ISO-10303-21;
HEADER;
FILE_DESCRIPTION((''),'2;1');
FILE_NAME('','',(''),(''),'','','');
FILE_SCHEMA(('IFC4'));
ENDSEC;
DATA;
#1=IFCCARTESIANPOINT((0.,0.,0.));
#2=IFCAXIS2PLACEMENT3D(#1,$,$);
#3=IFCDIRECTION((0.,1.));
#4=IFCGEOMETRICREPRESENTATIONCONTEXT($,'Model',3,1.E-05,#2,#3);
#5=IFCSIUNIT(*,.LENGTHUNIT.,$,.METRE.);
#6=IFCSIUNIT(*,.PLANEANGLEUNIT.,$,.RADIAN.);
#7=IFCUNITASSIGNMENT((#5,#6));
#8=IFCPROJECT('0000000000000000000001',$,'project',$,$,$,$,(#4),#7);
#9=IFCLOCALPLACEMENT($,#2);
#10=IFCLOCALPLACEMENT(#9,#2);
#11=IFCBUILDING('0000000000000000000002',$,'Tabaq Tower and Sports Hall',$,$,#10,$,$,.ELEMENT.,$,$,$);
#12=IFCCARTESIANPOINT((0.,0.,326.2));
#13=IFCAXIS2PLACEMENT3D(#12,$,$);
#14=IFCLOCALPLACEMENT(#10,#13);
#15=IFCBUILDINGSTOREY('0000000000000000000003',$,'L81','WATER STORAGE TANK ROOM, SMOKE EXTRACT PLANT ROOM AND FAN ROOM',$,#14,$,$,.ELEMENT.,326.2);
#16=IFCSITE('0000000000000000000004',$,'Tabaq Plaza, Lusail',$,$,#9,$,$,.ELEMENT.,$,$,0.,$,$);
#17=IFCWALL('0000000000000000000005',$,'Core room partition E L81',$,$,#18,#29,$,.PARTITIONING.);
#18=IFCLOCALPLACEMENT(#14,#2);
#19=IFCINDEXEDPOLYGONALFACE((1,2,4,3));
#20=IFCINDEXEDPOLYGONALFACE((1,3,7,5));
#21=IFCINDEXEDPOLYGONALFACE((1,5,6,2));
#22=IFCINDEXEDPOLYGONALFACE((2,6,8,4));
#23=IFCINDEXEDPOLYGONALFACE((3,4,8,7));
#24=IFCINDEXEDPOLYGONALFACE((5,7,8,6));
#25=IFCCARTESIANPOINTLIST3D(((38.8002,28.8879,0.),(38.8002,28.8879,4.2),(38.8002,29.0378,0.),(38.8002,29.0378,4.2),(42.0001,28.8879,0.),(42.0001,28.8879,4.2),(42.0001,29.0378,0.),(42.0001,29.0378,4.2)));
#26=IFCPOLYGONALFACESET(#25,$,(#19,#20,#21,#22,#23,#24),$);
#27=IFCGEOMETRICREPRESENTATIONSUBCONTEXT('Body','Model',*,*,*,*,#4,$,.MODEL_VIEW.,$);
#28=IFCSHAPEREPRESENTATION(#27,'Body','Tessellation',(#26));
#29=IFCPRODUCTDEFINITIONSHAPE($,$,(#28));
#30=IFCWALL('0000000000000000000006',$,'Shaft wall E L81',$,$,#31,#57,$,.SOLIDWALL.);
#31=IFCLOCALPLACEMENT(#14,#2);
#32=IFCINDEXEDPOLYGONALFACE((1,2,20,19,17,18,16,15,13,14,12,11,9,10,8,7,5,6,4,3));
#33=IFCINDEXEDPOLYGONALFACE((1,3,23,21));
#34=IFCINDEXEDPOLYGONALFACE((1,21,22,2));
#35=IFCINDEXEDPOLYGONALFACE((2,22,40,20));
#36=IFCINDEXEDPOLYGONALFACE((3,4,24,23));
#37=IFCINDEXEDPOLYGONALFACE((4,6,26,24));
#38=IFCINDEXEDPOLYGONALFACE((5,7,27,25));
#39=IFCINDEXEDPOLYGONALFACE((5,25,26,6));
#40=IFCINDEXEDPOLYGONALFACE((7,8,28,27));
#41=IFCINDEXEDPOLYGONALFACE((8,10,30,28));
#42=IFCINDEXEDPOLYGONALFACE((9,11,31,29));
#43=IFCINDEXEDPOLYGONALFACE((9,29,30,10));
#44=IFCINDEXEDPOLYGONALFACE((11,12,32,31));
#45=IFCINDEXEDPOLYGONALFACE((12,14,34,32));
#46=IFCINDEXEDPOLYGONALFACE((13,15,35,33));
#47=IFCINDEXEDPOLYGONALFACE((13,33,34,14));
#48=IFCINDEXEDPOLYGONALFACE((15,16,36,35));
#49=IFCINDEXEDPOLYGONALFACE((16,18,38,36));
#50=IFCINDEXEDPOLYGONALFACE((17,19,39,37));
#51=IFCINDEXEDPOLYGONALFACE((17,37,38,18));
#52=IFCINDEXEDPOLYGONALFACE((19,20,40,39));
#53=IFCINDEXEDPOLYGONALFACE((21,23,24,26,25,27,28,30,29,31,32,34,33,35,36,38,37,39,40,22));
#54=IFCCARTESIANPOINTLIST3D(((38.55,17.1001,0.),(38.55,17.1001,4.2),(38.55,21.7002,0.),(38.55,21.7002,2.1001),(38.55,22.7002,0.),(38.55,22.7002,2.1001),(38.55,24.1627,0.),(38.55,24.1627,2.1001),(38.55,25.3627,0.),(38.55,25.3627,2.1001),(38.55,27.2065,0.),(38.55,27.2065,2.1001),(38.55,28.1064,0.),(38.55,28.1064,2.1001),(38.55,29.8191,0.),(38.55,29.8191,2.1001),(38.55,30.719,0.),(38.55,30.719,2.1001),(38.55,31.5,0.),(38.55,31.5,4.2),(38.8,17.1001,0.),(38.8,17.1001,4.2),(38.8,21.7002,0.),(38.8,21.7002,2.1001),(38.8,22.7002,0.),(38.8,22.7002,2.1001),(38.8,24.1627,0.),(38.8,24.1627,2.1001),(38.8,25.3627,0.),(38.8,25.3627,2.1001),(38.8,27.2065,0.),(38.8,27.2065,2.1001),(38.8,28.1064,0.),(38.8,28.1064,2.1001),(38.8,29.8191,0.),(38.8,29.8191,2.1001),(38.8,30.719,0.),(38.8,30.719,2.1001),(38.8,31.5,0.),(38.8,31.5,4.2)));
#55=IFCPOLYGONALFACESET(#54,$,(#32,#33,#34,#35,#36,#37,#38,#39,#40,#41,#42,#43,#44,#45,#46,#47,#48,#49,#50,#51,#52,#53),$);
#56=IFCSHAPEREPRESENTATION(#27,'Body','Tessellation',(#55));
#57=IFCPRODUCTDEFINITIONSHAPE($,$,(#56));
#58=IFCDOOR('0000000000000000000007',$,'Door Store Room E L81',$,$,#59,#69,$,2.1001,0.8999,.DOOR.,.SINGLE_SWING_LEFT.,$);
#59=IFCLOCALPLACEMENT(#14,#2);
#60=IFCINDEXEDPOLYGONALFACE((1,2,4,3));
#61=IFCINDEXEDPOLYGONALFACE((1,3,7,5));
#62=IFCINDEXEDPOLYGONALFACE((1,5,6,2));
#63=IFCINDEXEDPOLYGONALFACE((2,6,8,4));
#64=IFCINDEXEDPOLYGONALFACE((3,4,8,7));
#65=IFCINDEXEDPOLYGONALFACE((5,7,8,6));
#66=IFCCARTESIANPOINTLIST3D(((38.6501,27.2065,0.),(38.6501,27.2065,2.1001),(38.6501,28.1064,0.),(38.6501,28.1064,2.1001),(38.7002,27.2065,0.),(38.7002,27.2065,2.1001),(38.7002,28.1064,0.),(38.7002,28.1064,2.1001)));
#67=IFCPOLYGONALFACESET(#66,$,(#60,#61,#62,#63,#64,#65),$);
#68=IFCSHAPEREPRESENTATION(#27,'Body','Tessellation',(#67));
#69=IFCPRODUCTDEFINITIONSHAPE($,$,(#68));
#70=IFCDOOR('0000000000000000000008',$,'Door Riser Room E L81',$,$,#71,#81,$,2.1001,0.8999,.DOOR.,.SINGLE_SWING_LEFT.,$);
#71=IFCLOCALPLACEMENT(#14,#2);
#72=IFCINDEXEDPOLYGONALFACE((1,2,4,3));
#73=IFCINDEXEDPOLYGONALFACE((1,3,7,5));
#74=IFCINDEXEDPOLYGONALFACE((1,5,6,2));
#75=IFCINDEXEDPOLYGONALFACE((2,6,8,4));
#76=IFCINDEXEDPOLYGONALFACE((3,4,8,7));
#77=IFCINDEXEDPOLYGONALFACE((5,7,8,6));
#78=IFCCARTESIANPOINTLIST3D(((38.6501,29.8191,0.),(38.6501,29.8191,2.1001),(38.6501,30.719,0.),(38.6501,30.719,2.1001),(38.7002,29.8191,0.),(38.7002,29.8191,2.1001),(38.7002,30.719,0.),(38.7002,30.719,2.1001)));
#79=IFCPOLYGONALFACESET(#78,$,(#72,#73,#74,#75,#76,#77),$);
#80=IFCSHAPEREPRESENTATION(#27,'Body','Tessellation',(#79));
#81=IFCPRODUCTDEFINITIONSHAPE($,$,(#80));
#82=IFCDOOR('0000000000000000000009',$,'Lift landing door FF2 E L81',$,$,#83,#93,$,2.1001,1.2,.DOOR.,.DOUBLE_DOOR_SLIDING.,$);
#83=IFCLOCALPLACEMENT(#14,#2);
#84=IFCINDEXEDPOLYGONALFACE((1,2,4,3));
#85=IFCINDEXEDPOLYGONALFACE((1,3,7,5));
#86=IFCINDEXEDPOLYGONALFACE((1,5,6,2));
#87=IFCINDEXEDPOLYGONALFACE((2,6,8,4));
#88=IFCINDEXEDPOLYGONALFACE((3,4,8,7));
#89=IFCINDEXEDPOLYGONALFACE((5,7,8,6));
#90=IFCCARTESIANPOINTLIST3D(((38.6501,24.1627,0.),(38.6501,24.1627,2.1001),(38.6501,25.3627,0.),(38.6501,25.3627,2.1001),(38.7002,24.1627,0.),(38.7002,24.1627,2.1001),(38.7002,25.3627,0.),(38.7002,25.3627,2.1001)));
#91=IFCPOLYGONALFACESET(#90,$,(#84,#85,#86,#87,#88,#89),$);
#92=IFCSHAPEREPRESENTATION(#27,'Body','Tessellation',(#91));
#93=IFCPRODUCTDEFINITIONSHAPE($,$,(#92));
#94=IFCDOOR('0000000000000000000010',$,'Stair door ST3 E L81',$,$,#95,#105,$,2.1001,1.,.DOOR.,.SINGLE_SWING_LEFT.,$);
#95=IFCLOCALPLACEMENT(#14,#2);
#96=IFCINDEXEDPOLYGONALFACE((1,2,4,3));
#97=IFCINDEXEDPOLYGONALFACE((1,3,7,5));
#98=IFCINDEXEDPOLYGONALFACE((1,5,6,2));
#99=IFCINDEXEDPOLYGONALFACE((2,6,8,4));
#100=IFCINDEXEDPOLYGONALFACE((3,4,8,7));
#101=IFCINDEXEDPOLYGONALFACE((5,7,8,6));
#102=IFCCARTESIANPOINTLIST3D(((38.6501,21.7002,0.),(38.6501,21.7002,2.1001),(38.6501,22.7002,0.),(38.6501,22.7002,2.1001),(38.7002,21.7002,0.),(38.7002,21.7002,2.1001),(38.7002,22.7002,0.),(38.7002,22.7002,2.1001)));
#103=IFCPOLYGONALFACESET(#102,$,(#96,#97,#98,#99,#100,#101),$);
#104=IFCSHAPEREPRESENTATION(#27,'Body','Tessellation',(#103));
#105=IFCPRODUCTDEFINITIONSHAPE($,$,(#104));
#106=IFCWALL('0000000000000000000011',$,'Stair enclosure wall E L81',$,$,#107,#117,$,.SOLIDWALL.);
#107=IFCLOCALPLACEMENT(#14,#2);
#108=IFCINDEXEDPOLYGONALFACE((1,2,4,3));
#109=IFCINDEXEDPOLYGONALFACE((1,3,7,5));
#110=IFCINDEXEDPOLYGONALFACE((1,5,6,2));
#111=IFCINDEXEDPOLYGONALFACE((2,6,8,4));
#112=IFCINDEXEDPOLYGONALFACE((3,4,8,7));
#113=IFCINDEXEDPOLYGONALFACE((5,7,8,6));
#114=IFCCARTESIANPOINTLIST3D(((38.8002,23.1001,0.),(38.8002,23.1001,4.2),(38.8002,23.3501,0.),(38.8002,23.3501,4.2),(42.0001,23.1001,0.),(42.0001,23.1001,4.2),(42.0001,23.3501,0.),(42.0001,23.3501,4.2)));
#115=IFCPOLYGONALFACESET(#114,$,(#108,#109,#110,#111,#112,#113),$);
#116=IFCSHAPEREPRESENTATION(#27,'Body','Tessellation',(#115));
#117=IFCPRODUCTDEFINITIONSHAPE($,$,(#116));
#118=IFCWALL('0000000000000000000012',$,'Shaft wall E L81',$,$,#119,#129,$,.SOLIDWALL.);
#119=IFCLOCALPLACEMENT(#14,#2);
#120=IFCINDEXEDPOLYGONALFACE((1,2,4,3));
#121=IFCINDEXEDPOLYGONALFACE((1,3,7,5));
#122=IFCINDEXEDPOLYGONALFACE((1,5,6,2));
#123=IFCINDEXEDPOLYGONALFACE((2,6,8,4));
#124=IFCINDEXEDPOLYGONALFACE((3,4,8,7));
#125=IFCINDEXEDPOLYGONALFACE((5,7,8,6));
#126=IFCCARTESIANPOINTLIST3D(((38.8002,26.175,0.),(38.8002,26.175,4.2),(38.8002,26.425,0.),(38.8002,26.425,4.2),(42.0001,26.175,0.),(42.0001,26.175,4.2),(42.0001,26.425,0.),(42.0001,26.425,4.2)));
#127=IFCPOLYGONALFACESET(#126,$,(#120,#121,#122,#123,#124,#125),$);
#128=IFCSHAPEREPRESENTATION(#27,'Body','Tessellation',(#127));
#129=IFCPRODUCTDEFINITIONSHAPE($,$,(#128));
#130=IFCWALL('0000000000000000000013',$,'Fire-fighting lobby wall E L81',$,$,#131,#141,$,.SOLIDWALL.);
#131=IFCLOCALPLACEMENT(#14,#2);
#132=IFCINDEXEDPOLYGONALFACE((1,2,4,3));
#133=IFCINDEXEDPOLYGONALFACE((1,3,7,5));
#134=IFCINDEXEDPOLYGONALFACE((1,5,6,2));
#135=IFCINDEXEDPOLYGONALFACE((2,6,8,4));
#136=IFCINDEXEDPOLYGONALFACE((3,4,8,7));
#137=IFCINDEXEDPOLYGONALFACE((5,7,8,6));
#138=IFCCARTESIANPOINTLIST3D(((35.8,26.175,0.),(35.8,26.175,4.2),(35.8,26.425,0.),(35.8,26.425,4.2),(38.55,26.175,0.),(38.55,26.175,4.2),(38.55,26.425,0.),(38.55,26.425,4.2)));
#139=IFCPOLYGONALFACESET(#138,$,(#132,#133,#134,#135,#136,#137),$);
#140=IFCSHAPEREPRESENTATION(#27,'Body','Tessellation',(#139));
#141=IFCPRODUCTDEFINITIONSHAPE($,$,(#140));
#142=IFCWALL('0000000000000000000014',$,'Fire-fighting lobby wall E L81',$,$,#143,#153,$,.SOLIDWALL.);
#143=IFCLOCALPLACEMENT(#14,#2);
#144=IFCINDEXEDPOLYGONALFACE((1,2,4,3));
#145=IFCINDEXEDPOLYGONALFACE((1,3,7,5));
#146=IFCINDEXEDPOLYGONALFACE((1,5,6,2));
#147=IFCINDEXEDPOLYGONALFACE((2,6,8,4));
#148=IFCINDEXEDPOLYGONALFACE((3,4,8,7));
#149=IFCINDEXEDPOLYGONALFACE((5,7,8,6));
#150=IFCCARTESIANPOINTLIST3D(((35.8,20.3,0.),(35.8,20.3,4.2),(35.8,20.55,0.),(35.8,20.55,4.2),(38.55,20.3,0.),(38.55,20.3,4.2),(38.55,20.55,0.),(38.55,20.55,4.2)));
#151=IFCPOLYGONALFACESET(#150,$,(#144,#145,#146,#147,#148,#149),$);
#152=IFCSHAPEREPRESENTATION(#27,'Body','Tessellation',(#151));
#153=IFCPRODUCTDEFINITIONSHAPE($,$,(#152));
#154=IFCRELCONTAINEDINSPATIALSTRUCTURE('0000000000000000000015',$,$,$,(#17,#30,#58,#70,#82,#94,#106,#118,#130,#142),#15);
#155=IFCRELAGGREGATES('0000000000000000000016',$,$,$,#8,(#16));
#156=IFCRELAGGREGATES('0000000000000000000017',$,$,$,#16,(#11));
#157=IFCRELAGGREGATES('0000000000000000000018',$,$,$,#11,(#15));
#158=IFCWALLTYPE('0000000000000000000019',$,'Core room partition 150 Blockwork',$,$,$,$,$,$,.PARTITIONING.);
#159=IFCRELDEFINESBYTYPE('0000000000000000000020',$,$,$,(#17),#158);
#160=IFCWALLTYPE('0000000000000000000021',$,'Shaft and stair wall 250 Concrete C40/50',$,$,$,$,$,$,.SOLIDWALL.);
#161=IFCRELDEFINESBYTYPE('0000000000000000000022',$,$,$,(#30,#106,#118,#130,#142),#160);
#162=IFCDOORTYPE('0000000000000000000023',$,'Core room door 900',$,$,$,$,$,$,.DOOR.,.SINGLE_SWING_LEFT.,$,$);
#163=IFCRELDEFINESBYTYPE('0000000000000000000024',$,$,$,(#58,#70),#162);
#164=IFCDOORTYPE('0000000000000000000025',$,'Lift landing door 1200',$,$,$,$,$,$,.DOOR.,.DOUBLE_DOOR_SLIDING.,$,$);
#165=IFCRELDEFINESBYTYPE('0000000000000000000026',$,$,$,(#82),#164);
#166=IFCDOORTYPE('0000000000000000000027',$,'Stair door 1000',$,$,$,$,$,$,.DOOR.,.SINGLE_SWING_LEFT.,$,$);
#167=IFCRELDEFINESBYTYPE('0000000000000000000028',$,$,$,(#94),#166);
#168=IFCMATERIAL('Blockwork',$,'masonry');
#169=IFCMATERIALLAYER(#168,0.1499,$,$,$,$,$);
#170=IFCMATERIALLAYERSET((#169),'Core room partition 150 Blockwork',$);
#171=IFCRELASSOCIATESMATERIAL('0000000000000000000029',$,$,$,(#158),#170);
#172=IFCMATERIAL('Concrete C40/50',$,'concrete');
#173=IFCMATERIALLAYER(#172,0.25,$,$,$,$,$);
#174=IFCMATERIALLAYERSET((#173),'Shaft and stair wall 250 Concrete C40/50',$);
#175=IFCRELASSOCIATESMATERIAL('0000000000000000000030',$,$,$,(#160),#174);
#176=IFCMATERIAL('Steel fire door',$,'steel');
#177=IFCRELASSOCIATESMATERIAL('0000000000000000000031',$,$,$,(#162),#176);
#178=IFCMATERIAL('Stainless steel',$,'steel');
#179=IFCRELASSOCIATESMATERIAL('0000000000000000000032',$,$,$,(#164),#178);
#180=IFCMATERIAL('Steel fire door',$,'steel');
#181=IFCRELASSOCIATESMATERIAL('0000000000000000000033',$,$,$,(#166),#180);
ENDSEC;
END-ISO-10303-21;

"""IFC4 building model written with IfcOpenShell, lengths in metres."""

from ifc_helpers import new_model, si_unit, direction, frame, frame_2d, origin, place, context, subcontext, project, spatial, rectangle, extrude, material, layer, layer_set, type_object, element, fill, save


model = new_model("IFC4")

# Units and contexts
model_context = context("Model", 3, precision=1e-05, world=origin(), true_north=direction((0.0, 1.0)))
body_context = subcontext(model_context, "Body", "Model", "MODEL_VIEW")
ifc_project = project(units=[si_unit("LENGTHUNIT", "METRE"), si_unit("PLANEANGLEUNIT", "RADIAN")], contexts=[model_context])

# Site, building, storey
site_placement = place(None, origin())
site = spatial("IfcSite", under=ifc_project, at=site_placement, Name="Tabaq Plaza, Lusail", CompositionType="ELEMENT", RefElevation=0.0)
building_placement = place(site_placement, origin())
building = spatial("IfcBuilding", under=site, at=building_placement, Name="Tabaq Tower and Sports Hall", CompositionType="ELEMENT")
storey_placement = place(building_placement, frame((0.0, 0.0, 326.2)))
storey = spatial("IfcBuildingStorey", under=building, at=storey_placement, Name="L81", Description="WATER STORAGE TANK ROOM, SMOKE EXTRACT PLANT ROOM AND FAN ROOM", CompositionType="ELEMENT", Elevation=326.2)

# Wall
ifc_material_1 = material(Name="Blockwork", Category="masonry")
ifc_layer_1 = layer(ifc_material_1, 0.1499)
ifc_layer_set_1 = layer_set([ifc_layer_1], Name="Core room partition 150 Blockwork")
wall_type_1 = type_object("IfcWallType", Name="Core room partition 150 Blockwork", PredefinedType="PARTITIONING", material=ifc_layer_set_1)
wall_1_placement = place(storey_placement, frame((38.8, 28.9629, 0.0), z_axis=(0.0, 0.0, 1.0), x_axis=(1.0, 0.0, 0.0)))
element("IfcWall", 1, at=wall_1_placement, inside=storey, type_object=wall_type_1, Name="Core room partition E L81", PredefinedType="PARTITIONING", context=body_context, shape_type="SweptSolid", body=[
    extrude(rectangle(XDim=3.2, YDim=0.1499, at=frame_2d((1.6001, 0.0))), origin(), (0.0, 0.0, 1.0), 4.2),
])

# Wall, openings, doors
ifc_material_2 = material(Name="Concrete C40/50", Category="concrete")
ifc_layer_2 = layer(ifc_material_2, 0.25)
ifc_layer_set_2 = layer_set([ifc_layer_2], Name="Shaft and stair wall 250 Concrete C40/50")
wall_type_2 = type_object("IfcWallType", Name="Shaft and stair wall 250 Concrete C40/50", PredefinedType="SOLIDWALL", material=ifc_layer_set_2)
wall_2_placement = place(storey_placement, frame((38.675, 17.1001, 0.0), z_axis=(0.0, 0.0, 1.0), x_axis=(0.0, 1.0, 0.0)))
wall_2 = element("IfcWall", 2, at=wall_2_placement, inside=storey, type_object=wall_type_2, Name="Shaft wall E L81", PredefinedType="SOLIDWALL", context=body_context, shape_type="SweptSolid", body=[
    extrude(rectangle(XDim=14.3999, YDim=0.25, at=frame_2d((7.2, 0.0))), origin(), (0.0, 0.0, 1.0), 4.2),
])
opening_1_placement = place(wall_2_placement, frame((4.6001, 0.0, 0.0)))
opening_1 = element("IfcOpeningElement", 3, at=opening_1_placement, cuts=wall_2, PredefinedType="OPENING", context=body_context, shape_type="SweptSolid", body=[
    extrude(rectangle(XDim=1.0, YDim=2.1001, at=frame_2d((0.5, 1.05))), frame((0.0, 0.125, 0.0), z_axis=(0.0, -1.0, 0.0), x_axis=(1.0, 0.0, 0.0)), (0.0, 0.0, 1.0), 0.25),
])
opening_2_placement = place(wall_2_placement, frame((7.0625, 0.0, 0.0)))
opening_2 = element("IfcOpeningElement", 4, at=opening_2_placement, cuts=wall_2, PredefinedType="OPENING", context=body_context, shape_type="SweptSolid", body=[
    extrude(rectangle(XDim=1.2, YDim=2.1001, at=frame_2d((0.6001, 1.05))), frame((0.0, 0.125, 0.0), z_axis=(0.0, -1.0, 0.0), x_axis=(1.0, 0.0, 0.0)), (0.0, 0.0, 1.0), 0.25),
])
opening_3_placement = place(wall_2_placement, frame((10.1064, 0.0, 0.0)))
opening_3 = element("IfcOpeningElement", 5, at=opening_3_placement, cuts=wall_2, PredefinedType="OPENING", context=body_context, shape_type="SweptSolid", body=[
    extrude(rectangle(XDim=0.8999, YDim=2.1001, at=frame_2d((0.45, 1.05))), frame((0.0, 0.125, 0.0), z_axis=(0.0, -1.0, 0.0), x_axis=(1.0, 0.0, 0.0)), (0.0, 0.0, 1.0), 0.25),
])
opening_4_placement = place(wall_2_placement, frame((12.719, 0.0, 0.0)))
opening_4 = element("IfcOpeningElement", 6, at=opening_4_placement, cuts=wall_2, PredefinedType="OPENING", context=body_context, shape_type="SweptSolid", body=[
    extrude(rectangle(XDim=0.8999, YDim=2.1001, at=frame_2d((0.45, 1.05))), frame((0.0, 0.125, 0.0), z_axis=(0.0, -1.0, 0.0), x_axis=(1.0, 0.0, 0.0)), (0.0, 0.0, 1.0), 0.25),
])
ifc_material_3 = material(Name="Steel fire door", Category="steel")
door_type_1 = type_object("IfcDoorType", Name="Core room door 900", OperationType="SINGLE_SWING_LEFT", PredefinedType="DOOR", material=ifc_material_3)
door_1_placement = place(opening_3_placement, origin())
door_1 = element("IfcDoor", 7, at=door_1_placement, inside=storey, type_object=door_type_1, Name="Door Store Room E L81", OperationType="SINGLE_SWING_LEFT", OverallHeight=2.1001, OverallWidth=0.8999, PredefinedType="DOOR", context=body_context, shape_type="SweptSolid", body=[
    extrude(rectangle(XDim=0.8999, YDim=2.1001, at=frame_2d((0.45, 1.05))), frame((0.0, 0.0249, 0.0), z_axis=(0.0, -1.0, 0.0), x_axis=(1.0, 0.0, 0.0)), (0.0, 0.0, 1.0), 0.05),
])
fill(opening_3, door_1)
door_2_placement = place(opening_4_placement, origin())
door_2 = element("IfcDoor", 8, at=door_2_placement, inside=storey, type_object=door_type_1, Name="Door Riser Room E L81", OperationType="SINGLE_SWING_LEFT", OverallHeight=2.1001, OverallWidth=0.8999, PredefinedType="DOOR", context=body_context, shape_type="SweptSolid", body=[
    extrude(rectangle(XDim=0.8999, YDim=2.1001, at=frame_2d((0.45, 1.05))), frame((0.0, 0.0249, 0.0), z_axis=(0.0, -1.0, 0.0), x_axis=(1.0, 0.0, 0.0)), (0.0, 0.0, 1.0), 0.05),
])
fill(opening_4, door_2)
ifc_material_4 = material(Name="Stainless steel", Category="steel")
door_type_2 = type_object("IfcDoorType", Name="Lift landing door 1200", OperationType="DOUBLE_DOOR_SLIDING", PredefinedType="DOOR", material=ifc_material_4)
door_3_placement = place(opening_2_placement, origin())
door_3 = element("IfcDoor", 9, at=door_3_placement, inside=storey, type_object=door_type_2, Name="Lift landing door FF2 E L81", OperationType="DOUBLE_DOOR_SLIDING", OverallHeight=2.1001, OverallWidth=1.2, PredefinedType="DOOR", context=body_context, shape_type="SweptSolid", body=[
    extrude(rectangle(XDim=1.2, YDim=2.1001, at=frame_2d((0.6001, 1.05))), frame((0.0, 0.0249, 0.0), z_axis=(0.0, -1.0, 0.0), x_axis=(1.0, 0.0, 0.0)), (0.0, 0.0, 1.0), 0.05),
])
fill(opening_2, door_3)
ifc_material_5 = material(Name="Steel fire door", Category="steel")
door_type_3 = type_object("IfcDoorType", Name="Stair door 1000", OperationType="SINGLE_SWING_LEFT", PredefinedType="DOOR", material=ifc_material_5)
door_4_placement = place(opening_1_placement, origin())
door_4 = element("IfcDoor", 10, at=door_4_placement, inside=storey, type_object=door_type_3, Name="Stair door ST3 E L81", OperationType="SINGLE_SWING_LEFT", OverallHeight=2.1001, OverallWidth=1.0, PredefinedType="DOOR", context=body_context, shape_type="SweptSolid", body=[
    extrude(rectangle(XDim=1.0, YDim=2.1001, at=frame_2d((0.5, 1.05))), frame((0.0, 0.0249, 0.0), z_axis=(0.0, -1.0, 0.0), x_axis=(1.0, 0.0, 0.0)), (0.0, 0.0, 1.0), 0.05),
])
fill(opening_1, door_4)

# Walls
for number, where, z_axis, x_axis, name in (
    (11, (38.8, 23.2251, 0.0), (0.0, 0.0, 1.0), (1.0, 0.0, 0.0), "Stair enclosure wall E L81"),
    (12, (38.8, 26.3, 0.0), (0.0, 0.0, 1.0), (1.0, 0.0, 0.0), "Shaft wall E L81"),
):
    element("IfcWall", number, at=place(storey_placement, frame(where, z_axis=z_axis, x_axis=x_axis)), inside=storey, type_object=wall_type_2, Name=name, PredefinedType="SOLIDWALL", context=body_context, shape_type="SweptSolid", body=[
        extrude(rectangle(XDim=3.2, YDim=0.25, at=frame_2d((1.6001, 0.0))), origin(), (0.0, 0.0, 1.0), 4.2),
    ])
for number, where, z_axis, x_axis, name in (
    (13, (35.8, 26.3, 0.0), (0.0, 0.0, 1.0), (1.0, 0.0, 0.0), "Fire-fighting lobby wall E L81"),
    (14, (35.8, 20.425, 0.0), (0.0, 0.0, 1.0), (1.0, 0.0, 0.0), "Fire-fighting lobby wall E L81"),
):
    element("IfcWall", number, at=place(storey_placement, frame(where, z_axis=z_axis, x_axis=x_axis)), inside=storey, type_object=wall_type_2, Name=name, PredefinedType="SOLIDWALL", context=body_context, shape_type="SweptSolid", body=[
        extrude(rectangle(XDim=2.75, YDim=0.25, at=frame_2d((1.375, 0.0))), origin(), (0.0, 0.0, 1.0), 4.2),
    ])

save(model, "model.ifc")
